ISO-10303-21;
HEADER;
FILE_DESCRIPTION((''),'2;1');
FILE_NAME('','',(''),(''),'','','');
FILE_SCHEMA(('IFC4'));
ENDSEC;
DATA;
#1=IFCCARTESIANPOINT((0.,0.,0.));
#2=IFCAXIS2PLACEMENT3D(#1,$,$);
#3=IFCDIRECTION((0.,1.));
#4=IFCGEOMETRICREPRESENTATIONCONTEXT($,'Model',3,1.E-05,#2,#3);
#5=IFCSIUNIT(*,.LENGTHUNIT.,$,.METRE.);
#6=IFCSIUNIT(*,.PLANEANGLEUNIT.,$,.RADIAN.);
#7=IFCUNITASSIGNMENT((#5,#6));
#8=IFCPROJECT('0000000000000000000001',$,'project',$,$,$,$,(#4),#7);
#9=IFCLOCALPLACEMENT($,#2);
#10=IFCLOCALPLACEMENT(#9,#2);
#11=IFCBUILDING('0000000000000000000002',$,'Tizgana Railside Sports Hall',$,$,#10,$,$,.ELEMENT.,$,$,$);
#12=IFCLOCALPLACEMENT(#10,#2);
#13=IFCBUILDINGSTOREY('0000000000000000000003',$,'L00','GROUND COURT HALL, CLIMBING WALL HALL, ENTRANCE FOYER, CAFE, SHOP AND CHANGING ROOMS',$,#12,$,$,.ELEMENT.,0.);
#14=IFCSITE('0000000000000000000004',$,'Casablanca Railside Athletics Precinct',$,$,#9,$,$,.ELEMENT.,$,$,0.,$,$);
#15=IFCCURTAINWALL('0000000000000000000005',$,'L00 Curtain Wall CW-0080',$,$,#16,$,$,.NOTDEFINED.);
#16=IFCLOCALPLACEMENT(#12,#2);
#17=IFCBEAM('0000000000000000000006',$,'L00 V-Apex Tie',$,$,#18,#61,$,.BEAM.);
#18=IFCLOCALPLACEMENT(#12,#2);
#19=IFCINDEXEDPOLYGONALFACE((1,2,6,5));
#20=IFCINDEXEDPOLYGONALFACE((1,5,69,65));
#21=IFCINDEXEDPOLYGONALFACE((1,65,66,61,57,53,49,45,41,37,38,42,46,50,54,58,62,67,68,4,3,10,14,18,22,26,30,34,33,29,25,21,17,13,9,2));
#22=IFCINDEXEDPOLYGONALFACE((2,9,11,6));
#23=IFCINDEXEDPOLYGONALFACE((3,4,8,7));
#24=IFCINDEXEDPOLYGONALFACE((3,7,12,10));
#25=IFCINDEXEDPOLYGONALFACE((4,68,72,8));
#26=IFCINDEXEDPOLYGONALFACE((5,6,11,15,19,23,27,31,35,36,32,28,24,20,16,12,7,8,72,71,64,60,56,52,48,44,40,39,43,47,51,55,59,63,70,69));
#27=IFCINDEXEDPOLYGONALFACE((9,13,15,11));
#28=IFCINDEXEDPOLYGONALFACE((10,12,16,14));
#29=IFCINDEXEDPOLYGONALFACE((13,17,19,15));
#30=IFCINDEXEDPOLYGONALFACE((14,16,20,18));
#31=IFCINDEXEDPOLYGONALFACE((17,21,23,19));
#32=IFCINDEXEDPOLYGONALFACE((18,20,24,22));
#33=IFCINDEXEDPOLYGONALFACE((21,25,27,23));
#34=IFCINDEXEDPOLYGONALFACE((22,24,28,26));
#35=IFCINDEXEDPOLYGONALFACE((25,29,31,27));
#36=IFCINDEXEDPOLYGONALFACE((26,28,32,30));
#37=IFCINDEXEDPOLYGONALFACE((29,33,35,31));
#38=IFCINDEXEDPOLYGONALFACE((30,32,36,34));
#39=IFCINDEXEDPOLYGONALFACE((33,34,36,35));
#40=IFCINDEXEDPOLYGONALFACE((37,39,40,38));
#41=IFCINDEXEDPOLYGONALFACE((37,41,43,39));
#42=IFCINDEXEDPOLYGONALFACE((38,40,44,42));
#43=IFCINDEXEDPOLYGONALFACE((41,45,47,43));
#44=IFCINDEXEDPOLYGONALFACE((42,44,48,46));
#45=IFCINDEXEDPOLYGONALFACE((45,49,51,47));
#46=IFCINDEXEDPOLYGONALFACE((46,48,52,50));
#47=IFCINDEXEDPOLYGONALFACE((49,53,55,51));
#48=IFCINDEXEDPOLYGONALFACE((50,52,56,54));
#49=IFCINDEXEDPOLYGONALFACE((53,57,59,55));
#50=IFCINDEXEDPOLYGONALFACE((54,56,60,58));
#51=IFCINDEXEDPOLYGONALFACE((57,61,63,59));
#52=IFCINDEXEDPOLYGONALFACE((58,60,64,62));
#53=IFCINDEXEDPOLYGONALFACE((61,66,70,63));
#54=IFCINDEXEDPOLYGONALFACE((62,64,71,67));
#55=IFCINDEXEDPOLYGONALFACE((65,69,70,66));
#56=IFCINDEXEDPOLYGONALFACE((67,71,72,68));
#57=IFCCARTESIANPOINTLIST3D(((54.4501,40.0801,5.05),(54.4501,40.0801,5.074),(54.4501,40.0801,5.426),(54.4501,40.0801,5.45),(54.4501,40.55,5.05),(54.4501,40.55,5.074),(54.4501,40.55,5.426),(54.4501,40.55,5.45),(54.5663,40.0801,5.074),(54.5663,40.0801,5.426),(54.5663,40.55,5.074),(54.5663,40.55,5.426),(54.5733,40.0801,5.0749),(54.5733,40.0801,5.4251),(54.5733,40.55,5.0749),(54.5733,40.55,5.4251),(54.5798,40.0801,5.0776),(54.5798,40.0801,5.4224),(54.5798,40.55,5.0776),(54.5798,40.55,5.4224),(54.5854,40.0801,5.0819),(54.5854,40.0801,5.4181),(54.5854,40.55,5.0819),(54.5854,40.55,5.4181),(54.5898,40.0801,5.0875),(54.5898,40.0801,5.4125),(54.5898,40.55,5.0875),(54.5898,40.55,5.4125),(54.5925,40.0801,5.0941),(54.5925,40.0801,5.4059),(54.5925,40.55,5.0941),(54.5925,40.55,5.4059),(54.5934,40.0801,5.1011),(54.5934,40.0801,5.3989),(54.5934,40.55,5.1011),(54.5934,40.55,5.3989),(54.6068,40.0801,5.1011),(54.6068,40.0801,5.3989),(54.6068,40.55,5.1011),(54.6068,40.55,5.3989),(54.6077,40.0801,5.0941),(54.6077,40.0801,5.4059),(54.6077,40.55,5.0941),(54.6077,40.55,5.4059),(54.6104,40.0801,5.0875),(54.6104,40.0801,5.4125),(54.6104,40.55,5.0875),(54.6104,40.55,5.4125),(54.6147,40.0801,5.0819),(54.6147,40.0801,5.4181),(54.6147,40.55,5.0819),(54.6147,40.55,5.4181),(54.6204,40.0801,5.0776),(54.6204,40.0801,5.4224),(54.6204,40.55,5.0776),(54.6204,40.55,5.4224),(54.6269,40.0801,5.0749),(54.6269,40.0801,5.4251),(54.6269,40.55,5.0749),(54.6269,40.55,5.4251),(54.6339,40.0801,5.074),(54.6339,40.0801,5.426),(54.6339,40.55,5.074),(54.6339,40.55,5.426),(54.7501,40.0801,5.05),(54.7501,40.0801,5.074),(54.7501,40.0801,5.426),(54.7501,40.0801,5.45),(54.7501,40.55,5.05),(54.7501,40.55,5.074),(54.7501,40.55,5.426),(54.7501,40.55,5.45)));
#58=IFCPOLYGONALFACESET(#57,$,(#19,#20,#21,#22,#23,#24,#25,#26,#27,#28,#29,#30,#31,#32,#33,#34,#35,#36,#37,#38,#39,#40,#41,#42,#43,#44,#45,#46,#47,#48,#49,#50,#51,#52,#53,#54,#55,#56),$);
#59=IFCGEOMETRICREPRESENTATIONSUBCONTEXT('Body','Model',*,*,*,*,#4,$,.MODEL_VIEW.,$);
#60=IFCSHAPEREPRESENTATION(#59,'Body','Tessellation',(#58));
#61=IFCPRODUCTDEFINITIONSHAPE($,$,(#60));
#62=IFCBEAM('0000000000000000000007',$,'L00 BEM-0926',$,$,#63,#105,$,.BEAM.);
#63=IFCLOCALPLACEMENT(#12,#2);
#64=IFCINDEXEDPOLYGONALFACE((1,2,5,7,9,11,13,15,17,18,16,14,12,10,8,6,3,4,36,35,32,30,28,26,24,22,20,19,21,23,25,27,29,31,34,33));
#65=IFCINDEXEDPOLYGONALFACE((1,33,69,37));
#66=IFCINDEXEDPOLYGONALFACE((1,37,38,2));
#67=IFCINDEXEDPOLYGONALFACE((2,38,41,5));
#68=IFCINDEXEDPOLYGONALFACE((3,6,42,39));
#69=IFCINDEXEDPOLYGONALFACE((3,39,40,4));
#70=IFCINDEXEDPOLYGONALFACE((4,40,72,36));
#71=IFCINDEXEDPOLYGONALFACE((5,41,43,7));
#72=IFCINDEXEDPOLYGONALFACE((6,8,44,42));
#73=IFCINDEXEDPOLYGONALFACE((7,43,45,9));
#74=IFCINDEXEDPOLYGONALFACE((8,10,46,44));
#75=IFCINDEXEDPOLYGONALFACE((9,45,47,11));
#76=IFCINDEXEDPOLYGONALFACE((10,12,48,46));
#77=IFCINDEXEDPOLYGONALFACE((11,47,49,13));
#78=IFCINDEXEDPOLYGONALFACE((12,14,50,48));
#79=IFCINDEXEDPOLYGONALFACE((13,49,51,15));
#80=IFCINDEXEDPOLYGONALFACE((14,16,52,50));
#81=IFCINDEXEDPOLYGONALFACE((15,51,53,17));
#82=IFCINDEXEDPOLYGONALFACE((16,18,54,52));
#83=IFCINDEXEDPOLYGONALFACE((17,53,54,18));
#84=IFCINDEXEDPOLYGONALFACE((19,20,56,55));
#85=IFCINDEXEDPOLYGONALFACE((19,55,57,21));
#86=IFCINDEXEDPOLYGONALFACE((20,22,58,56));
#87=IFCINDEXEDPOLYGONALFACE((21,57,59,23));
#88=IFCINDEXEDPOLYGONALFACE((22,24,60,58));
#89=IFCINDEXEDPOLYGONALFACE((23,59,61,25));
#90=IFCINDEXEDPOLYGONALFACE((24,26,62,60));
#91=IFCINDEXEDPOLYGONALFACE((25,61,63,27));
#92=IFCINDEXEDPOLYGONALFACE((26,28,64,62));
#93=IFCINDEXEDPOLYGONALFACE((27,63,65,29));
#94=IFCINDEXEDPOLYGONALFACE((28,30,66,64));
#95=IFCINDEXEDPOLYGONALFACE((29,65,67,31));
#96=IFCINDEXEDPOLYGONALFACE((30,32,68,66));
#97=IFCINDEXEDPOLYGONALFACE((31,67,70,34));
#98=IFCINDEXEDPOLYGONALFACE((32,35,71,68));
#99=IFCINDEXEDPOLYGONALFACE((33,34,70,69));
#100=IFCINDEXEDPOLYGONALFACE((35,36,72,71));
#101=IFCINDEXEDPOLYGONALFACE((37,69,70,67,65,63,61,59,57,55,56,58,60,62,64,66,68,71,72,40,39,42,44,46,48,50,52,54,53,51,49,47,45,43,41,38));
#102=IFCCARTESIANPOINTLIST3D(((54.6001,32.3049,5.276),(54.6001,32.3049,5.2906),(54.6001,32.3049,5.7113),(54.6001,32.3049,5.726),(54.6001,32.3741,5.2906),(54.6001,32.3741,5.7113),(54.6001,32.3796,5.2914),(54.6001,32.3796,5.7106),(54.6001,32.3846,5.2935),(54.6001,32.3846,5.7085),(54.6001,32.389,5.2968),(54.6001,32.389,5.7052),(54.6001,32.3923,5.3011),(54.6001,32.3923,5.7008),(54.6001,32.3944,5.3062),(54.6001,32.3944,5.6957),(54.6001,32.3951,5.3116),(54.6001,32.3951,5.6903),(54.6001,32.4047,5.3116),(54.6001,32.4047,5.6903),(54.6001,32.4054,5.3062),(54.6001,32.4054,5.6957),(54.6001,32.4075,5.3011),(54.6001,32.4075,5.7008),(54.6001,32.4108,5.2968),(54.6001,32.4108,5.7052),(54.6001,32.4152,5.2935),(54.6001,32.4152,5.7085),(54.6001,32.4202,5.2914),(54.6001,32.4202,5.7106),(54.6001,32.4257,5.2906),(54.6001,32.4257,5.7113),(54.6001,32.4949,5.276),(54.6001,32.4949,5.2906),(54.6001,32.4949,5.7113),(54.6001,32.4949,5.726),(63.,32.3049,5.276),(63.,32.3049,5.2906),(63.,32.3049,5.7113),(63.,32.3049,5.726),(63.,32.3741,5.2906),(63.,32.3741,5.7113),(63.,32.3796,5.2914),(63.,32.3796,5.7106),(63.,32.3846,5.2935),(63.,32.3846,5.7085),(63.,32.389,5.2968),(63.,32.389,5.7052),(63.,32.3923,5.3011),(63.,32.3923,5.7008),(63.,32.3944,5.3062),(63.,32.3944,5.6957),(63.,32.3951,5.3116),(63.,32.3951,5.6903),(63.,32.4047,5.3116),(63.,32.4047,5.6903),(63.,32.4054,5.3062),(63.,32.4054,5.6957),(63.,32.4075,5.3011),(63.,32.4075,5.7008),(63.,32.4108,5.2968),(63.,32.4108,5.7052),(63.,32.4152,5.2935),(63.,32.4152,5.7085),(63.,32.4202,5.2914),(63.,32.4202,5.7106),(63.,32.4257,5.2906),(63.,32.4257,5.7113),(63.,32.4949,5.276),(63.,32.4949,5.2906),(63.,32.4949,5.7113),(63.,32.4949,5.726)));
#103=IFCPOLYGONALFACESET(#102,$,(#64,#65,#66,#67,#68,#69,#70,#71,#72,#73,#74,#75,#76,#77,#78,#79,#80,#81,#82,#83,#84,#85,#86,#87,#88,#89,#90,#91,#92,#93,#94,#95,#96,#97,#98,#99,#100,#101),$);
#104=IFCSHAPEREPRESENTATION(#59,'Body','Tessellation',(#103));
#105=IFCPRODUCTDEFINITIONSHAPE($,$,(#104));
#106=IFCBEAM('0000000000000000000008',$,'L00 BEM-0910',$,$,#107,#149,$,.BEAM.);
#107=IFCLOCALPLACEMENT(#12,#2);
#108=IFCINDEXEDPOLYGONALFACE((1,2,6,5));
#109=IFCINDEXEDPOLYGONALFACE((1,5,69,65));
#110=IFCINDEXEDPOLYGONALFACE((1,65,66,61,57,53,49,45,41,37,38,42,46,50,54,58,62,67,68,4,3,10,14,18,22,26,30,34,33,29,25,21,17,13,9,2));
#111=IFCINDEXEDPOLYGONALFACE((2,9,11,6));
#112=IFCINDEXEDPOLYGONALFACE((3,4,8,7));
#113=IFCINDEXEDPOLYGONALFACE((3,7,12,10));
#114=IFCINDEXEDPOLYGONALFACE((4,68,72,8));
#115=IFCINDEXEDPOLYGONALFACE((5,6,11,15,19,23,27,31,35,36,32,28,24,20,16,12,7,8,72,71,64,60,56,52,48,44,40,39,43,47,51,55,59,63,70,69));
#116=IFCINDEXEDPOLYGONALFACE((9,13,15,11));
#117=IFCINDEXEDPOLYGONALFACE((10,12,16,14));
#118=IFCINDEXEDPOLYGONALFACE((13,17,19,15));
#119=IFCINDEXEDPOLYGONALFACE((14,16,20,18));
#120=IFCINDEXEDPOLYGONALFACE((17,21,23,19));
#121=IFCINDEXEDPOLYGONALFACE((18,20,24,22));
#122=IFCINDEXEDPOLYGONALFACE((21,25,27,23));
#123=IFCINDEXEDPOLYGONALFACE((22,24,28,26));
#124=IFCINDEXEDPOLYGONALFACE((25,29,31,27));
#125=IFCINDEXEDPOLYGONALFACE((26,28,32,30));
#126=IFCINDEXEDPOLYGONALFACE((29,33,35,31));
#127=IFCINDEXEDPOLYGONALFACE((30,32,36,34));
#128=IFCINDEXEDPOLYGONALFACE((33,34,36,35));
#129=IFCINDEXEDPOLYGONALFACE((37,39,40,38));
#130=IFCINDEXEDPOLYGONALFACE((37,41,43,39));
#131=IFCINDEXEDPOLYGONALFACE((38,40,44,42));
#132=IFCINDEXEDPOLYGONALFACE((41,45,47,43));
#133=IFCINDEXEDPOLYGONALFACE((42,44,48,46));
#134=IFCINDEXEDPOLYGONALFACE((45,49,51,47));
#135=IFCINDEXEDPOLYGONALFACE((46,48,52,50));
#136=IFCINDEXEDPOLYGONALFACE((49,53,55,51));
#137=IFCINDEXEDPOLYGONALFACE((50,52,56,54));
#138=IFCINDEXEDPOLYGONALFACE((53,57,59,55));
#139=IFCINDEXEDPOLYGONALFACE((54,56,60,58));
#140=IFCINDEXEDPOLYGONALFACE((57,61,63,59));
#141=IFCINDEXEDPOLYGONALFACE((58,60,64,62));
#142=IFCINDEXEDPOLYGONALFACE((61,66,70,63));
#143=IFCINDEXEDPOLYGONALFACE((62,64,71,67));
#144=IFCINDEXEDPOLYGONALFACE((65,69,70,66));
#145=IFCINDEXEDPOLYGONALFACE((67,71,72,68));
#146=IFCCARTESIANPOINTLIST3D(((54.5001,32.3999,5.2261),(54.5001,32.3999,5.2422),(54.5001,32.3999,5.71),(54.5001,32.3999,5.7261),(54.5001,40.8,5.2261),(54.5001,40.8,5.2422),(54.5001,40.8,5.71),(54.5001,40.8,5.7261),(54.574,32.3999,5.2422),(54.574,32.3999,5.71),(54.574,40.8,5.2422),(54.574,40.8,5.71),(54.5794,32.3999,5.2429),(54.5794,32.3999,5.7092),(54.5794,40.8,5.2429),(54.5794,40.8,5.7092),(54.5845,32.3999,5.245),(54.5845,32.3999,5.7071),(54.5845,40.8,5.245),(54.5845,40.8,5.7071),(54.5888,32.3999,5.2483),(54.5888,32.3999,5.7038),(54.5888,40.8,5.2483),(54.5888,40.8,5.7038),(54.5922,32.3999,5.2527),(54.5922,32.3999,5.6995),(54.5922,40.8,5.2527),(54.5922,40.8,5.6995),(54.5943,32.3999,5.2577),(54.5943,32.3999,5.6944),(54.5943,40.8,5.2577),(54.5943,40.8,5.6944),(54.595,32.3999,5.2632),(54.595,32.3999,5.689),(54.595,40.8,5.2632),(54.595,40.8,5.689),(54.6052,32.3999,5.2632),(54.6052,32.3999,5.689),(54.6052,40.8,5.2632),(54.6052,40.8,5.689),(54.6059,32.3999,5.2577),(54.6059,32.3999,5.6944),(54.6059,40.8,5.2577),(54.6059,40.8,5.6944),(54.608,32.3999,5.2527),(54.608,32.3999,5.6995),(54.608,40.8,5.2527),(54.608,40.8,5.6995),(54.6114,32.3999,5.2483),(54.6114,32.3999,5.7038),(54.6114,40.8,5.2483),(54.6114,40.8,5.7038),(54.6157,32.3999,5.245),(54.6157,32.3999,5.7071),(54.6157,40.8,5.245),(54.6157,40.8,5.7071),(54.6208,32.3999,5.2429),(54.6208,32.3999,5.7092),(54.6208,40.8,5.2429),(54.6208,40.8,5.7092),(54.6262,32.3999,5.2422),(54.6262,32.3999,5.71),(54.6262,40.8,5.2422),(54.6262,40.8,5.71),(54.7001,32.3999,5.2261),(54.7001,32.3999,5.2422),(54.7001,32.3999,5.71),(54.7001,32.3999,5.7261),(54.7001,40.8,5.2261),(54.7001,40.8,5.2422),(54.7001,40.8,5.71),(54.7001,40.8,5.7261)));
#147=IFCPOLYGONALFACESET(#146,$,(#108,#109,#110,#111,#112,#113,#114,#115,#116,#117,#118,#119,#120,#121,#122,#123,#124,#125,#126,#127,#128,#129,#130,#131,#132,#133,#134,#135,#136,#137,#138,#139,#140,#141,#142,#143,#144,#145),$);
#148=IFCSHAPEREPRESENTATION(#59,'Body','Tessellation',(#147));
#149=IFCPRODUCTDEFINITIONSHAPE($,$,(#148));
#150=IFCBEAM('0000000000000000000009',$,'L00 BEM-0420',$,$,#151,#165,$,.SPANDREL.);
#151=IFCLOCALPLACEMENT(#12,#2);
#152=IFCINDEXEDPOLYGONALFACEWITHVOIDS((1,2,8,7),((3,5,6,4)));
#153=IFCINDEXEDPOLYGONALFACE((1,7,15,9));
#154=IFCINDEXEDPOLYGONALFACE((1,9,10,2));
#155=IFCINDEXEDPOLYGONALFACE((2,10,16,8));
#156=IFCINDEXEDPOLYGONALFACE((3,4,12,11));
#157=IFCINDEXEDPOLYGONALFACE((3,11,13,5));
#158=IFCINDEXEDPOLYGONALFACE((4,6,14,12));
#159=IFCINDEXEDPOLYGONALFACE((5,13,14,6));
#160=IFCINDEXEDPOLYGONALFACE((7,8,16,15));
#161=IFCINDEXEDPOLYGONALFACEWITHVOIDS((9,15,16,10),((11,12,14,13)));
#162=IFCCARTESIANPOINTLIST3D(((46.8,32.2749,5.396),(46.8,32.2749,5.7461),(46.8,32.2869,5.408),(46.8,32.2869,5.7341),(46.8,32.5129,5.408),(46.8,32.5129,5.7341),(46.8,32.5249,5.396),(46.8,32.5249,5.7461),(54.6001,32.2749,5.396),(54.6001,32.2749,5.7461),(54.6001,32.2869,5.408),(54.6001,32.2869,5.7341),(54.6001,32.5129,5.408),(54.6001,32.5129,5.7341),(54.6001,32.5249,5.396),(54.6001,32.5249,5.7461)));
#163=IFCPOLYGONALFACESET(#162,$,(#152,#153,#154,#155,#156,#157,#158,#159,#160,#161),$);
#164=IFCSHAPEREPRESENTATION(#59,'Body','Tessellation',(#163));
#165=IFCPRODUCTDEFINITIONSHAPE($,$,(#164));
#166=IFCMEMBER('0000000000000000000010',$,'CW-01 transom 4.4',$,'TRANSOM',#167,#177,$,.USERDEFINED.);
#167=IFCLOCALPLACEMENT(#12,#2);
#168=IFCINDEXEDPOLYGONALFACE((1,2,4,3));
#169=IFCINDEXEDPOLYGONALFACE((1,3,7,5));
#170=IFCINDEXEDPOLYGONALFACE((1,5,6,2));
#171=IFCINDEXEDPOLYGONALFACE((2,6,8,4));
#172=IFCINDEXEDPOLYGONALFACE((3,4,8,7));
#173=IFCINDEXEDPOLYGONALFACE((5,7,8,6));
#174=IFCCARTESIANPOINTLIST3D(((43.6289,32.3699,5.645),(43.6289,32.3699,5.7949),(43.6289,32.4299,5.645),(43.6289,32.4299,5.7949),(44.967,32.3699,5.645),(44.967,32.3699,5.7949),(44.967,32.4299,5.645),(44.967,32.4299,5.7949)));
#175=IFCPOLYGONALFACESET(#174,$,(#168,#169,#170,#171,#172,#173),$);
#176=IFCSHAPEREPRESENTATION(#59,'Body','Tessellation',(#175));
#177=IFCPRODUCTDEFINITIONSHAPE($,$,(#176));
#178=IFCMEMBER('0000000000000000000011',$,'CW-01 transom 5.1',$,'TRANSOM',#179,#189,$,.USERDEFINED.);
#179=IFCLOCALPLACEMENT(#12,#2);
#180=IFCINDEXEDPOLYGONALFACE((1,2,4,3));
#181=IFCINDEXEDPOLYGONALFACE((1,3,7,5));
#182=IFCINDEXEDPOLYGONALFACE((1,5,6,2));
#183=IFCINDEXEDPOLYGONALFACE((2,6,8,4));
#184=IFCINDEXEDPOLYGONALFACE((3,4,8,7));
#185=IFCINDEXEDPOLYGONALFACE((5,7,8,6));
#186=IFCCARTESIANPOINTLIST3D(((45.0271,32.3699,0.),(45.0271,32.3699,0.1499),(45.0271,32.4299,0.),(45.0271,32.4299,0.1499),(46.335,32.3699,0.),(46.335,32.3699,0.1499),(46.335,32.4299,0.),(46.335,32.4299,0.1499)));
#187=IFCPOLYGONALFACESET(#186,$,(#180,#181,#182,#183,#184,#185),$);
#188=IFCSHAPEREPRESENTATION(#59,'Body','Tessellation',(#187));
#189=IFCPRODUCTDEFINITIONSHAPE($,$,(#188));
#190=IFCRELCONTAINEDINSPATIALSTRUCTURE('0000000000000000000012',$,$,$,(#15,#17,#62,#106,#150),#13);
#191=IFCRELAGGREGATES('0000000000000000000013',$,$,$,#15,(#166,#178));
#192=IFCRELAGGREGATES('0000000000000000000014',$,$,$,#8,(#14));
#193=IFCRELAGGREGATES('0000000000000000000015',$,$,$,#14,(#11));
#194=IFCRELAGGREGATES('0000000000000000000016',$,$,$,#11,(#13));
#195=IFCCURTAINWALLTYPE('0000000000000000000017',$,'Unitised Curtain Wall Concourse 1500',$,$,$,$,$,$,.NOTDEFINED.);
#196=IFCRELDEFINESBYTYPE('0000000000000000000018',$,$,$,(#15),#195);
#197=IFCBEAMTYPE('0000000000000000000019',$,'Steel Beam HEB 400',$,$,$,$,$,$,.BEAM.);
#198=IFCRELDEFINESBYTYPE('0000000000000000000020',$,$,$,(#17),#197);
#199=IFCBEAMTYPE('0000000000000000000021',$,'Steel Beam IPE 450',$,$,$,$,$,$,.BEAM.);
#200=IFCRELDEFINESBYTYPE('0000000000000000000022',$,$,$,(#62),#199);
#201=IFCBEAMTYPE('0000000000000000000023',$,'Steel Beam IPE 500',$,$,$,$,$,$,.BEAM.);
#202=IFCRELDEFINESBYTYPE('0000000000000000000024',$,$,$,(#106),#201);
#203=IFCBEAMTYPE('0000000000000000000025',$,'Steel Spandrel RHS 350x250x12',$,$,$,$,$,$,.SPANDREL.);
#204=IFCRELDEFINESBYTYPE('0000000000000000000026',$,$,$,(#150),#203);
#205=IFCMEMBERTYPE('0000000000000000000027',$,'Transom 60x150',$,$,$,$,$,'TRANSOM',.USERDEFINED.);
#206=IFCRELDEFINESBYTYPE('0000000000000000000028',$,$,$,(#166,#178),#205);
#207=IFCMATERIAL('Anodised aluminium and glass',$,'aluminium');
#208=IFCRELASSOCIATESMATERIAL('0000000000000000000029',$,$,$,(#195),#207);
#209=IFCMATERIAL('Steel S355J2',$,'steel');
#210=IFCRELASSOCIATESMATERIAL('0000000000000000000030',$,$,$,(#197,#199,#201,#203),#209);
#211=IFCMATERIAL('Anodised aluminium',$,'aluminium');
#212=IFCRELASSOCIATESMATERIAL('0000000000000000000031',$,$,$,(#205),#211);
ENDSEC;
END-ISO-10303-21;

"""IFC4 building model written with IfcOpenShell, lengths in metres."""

from ifc_helpers import new_model, si_unit, direction, frame, origin, origin_2d, place, context, subcontext, project, spatial, rectangle, hollow_rectangle, i_section, extrude, material, material_profile, profile_set, type_object, element, aggregate, save


model = new_model("IFC4")

# Units and contexts
model_context = context("Model", 3, precision=1e-05, world=origin(), true_north=direction((0.0, 1.0)))
body_context = subcontext(model_context, "Body", "Model", "MODEL_VIEW")
ifc_project = project(units=[si_unit("LENGTHUNIT", "METRE"), si_unit("PLANEANGLEUNIT", "RADIAN")], contexts=[model_context])

# Site, building, storey
site_placement = place(None, origin())
site = spatial("IfcSite", under=ifc_project, at=site_placement, Name="Casablanca Railside Athletics Precinct", CompositionType="ELEMENT", RefElevation=0.0)
building_placement = place(site_placement, origin())
building = spatial("IfcBuilding", under=site, at=building_placement, Name="Tizgana Railside Sports Hall", CompositionType="ELEMENT")
storey_placement = place(building_placement, origin())
storey = spatial("IfcBuildingStorey", under=building, at=storey_placement, Name="L00", Description="GROUND COURT HALL, CLIMBING WALL HALL, ENTRANCE FOYER, CAFE, SHOP AND CHANGING ROOMS", CompositionType="ELEMENT", Elevation=0.0)

# Shared definitions
ifc_material_1 = material(Name="Steel S355J2", Category="steel")

# Curtain wall
ifc_material_2 = material(Name="Anodised aluminium and glass", Category="aluminium")
curtain_wall_type = type_object("IfcCurtainWallType", Name="Unitised Curtain Wall Concourse 1500", PredefinedType="NOTDEFINED", material=ifc_material_2)
curtain_wall_placement = place(storey_placement, origin())
curtain_wall = element("IfcCurtainWall", 1, at=curtain_wall_placement, inside=storey, type_object=curtain_wall_type, Name="L00 Curtain Wall CW-0080", PredefinedType="NOTDEFINED")
ifc_material_3 = material(Name="Anodised aluminium", Category="aluminium")

# Beams
ifc_material_profile_1 = material_profile(ifc_material_1, i_section(OverallWidth=0.3, OverallDepth=0.3999, WebThickness=0.0134, FlangeThickness=0.0239, FilletRadius=0.0271, at=origin_2d()), Name="HEB 400")
ifc_profile_set_1 = profile_set([ifc_material_profile_1], Name="Steel S355J2")
beam_type_1 = type_object("IfcBeamType", Name="Steel Beam HEB 400", PredefinedType="BEAM", material=ifc_profile_set_1)
beam_1_placement = place(storey_placement, frame((54.6001, 40.0801, 5.25), z_axis=(0.0, 1.0, 0.0), x_axis=(-1.0, 0.0, 0.0)))
element("IfcBeam", 2, at=beam_1_placement, inside=storey, type_object=beam_type_1, Name="L00 V-Apex Tie", PredefinedType="BEAM", context=body_context, shape_type="SweptSolid", body=[
    extrude(i_section(OverallWidth=0.3, OverallDepth=0.3999, WebThickness=0.0134, FlangeThickness=0.0239, FilletRadius=0.0271, at=origin_2d()), origin(), (0.0, 0.0, 1.0), 0.47),
])
ifc_material_profile_2 = material_profile(ifc_material_1, i_section(OverallWidth=0.1899, OverallDepth=0.45, WebThickness=0.0095, FlangeThickness=0.0146, FilletRadius=0.021, at=origin_2d()), Name="IPE 450")
ifc_profile_set_2 = profile_set([ifc_material_profile_2], Name="Steel S355J2")
beam_type_2 = type_object("IfcBeamType", Name="Steel Beam IPE 450", PredefinedType="BEAM", material=ifc_profile_set_2)
beam_2_placement = place(storey_placement, frame((54.6001, 32.3999, 5.501), z_axis=(1.0, 0.0, 0.0), x_axis=(0.0, 1.0, 0.0)))
element("IfcBeam", 3, at=beam_2_placement, inside=storey, type_object=beam_type_2, Name="L00 BEM-0926", PredefinedType="BEAM", context=body_context, shape_type="SweptSolid", body=[
    extrude(i_section(OverallWidth=0.1899, OverallDepth=0.45, WebThickness=0.0095, FlangeThickness=0.0146, FilletRadius=0.021, at=origin_2d()), origin(), (0.0, 0.0, 1.0), 8.3999),
])
ifc_material_profile_3 = material_profile(ifc_material_1, i_section(OverallWidth=0.2, OverallDepth=0.5, WebThickness=0.0103, FlangeThickness=0.0161, FilletRadius=0.021, at=origin_2d()), Name="IPE 500")
ifc_profile_set_3 = profile_set([ifc_material_profile_3], Name="Steel S355J2")
beam_type_3 = type_object("IfcBeamType", Name="Steel Beam IPE 500", PredefinedType="BEAM", material=ifc_profile_set_3)
beam_3_placement = place(storey_placement, frame((54.6001, 32.3999, 5.4761), z_axis=(0.0, 1.0, 0.0), x_axis=(-1.0, 0.0, 0.0)))
element("IfcBeam", 4, at=beam_3_placement, inside=storey, type_object=beam_type_3, Name="L00 BEM-0910", PredefinedType="BEAM", context=body_context, shape_type="SweptSolid", body=[
    extrude(i_section(OverallWidth=0.2, OverallDepth=0.5, WebThickness=0.0103, FlangeThickness=0.0161, FilletRadius=0.021, at=origin_2d()), origin(), (0.0, 0.0, 1.0), 8.4001),
])
ifc_material_profile_4 = material_profile(ifc_material_1, hollow_rectangle(XDim=0.25, YDim=0.3501, WallThickness=0.012, at=origin_2d()), Name="RHS 350x250x12")
ifc_profile_set_4 = profile_set([ifc_material_profile_4], Name="Steel S355J2")
beam_type_4 = type_object("IfcBeamType", Name="Steel Spandrel RHS 350x250x12", PredefinedType="SPANDREL", material=ifc_profile_set_4)
beam_4_placement = place(storey_placement, frame((46.8, 32.3999, 5.571), z_axis=(1.0, 0.0, 0.0), x_axis=(0.0, 1.0, 0.0)))
element("IfcBeam", 5, at=beam_4_placement, inside=storey, type_object=beam_type_4, Name="L00 BEM-0420", PredefinedType="SPANDREL", context=body_context, shape_type="SweptSolid", body=[
    extrude(hollow_rectangle(XDim=0.25, YDim=0.3501, WallThickness=0.012, at=origin_2d()), origin(), (0.0, 0.0, 1.0), 7.8),
])

# Members
ifc_material_profile_5 = material_profile(ifc_material_3, rectangle(XDim=0.0601, YDim=0.1499, at=origin_2d()), Name="Transom 60x150")
ifc_profile_set_5 = profile_set([ifc_material_profile_5], Name="Anodised aluminium")
member_type_1 = type_object("IfcMemberType", Name="Transom 60x150", ElementType="TRANSOM", PredefinedType="USERDEFINED", material=ifc_profile_set_5)
member_1_placement = place(storey_placement, frame((43.6289, 32.3999, 5.72), z_axis=(1.0, 0.0, 0.0), x_axis=(0.0, 1.0, 0.0)))
member_1 = element("IfcMember", 6, at=member_1_placement, type_object=member_type_1, Name="CW-01 transom 4.4", ObjectType="TRANSOM", PredefinedType="USERDEFINED", context=body_context, shape_type="SweptSolid", body=[
    extrude(rectangle(XDim=0.0601, YDim=0.1499, at=origin_2d()), origin(), (0.0, 0.0, 1.0), 1.3381),
])
member_2_placement = place(storey_placement, frame((45.0271, 32.3999, 0.075), z_axis=(1.0, 0.0, 0.0), x_axis=(0.0, 1.0, 0.0)))
member_2 = element("IfcMember", 7, at=member_2_placement, type_object=member_type_1, Name="CW-01 transom 5.1", ObjectType="TRANSOM", PredefinedType="USERDEFINED", context=body_context, shape_type="SweptSolid", body=[
    extrude(rectangle(XDim=0.0601, YDim=0.1499, at=origin_2d()), origin(), (0.0, 0.0, 1.0), 1.3079),
])

aggregate(curtain_wall, [member_1, member_2])

save(model, "model.ifc")
